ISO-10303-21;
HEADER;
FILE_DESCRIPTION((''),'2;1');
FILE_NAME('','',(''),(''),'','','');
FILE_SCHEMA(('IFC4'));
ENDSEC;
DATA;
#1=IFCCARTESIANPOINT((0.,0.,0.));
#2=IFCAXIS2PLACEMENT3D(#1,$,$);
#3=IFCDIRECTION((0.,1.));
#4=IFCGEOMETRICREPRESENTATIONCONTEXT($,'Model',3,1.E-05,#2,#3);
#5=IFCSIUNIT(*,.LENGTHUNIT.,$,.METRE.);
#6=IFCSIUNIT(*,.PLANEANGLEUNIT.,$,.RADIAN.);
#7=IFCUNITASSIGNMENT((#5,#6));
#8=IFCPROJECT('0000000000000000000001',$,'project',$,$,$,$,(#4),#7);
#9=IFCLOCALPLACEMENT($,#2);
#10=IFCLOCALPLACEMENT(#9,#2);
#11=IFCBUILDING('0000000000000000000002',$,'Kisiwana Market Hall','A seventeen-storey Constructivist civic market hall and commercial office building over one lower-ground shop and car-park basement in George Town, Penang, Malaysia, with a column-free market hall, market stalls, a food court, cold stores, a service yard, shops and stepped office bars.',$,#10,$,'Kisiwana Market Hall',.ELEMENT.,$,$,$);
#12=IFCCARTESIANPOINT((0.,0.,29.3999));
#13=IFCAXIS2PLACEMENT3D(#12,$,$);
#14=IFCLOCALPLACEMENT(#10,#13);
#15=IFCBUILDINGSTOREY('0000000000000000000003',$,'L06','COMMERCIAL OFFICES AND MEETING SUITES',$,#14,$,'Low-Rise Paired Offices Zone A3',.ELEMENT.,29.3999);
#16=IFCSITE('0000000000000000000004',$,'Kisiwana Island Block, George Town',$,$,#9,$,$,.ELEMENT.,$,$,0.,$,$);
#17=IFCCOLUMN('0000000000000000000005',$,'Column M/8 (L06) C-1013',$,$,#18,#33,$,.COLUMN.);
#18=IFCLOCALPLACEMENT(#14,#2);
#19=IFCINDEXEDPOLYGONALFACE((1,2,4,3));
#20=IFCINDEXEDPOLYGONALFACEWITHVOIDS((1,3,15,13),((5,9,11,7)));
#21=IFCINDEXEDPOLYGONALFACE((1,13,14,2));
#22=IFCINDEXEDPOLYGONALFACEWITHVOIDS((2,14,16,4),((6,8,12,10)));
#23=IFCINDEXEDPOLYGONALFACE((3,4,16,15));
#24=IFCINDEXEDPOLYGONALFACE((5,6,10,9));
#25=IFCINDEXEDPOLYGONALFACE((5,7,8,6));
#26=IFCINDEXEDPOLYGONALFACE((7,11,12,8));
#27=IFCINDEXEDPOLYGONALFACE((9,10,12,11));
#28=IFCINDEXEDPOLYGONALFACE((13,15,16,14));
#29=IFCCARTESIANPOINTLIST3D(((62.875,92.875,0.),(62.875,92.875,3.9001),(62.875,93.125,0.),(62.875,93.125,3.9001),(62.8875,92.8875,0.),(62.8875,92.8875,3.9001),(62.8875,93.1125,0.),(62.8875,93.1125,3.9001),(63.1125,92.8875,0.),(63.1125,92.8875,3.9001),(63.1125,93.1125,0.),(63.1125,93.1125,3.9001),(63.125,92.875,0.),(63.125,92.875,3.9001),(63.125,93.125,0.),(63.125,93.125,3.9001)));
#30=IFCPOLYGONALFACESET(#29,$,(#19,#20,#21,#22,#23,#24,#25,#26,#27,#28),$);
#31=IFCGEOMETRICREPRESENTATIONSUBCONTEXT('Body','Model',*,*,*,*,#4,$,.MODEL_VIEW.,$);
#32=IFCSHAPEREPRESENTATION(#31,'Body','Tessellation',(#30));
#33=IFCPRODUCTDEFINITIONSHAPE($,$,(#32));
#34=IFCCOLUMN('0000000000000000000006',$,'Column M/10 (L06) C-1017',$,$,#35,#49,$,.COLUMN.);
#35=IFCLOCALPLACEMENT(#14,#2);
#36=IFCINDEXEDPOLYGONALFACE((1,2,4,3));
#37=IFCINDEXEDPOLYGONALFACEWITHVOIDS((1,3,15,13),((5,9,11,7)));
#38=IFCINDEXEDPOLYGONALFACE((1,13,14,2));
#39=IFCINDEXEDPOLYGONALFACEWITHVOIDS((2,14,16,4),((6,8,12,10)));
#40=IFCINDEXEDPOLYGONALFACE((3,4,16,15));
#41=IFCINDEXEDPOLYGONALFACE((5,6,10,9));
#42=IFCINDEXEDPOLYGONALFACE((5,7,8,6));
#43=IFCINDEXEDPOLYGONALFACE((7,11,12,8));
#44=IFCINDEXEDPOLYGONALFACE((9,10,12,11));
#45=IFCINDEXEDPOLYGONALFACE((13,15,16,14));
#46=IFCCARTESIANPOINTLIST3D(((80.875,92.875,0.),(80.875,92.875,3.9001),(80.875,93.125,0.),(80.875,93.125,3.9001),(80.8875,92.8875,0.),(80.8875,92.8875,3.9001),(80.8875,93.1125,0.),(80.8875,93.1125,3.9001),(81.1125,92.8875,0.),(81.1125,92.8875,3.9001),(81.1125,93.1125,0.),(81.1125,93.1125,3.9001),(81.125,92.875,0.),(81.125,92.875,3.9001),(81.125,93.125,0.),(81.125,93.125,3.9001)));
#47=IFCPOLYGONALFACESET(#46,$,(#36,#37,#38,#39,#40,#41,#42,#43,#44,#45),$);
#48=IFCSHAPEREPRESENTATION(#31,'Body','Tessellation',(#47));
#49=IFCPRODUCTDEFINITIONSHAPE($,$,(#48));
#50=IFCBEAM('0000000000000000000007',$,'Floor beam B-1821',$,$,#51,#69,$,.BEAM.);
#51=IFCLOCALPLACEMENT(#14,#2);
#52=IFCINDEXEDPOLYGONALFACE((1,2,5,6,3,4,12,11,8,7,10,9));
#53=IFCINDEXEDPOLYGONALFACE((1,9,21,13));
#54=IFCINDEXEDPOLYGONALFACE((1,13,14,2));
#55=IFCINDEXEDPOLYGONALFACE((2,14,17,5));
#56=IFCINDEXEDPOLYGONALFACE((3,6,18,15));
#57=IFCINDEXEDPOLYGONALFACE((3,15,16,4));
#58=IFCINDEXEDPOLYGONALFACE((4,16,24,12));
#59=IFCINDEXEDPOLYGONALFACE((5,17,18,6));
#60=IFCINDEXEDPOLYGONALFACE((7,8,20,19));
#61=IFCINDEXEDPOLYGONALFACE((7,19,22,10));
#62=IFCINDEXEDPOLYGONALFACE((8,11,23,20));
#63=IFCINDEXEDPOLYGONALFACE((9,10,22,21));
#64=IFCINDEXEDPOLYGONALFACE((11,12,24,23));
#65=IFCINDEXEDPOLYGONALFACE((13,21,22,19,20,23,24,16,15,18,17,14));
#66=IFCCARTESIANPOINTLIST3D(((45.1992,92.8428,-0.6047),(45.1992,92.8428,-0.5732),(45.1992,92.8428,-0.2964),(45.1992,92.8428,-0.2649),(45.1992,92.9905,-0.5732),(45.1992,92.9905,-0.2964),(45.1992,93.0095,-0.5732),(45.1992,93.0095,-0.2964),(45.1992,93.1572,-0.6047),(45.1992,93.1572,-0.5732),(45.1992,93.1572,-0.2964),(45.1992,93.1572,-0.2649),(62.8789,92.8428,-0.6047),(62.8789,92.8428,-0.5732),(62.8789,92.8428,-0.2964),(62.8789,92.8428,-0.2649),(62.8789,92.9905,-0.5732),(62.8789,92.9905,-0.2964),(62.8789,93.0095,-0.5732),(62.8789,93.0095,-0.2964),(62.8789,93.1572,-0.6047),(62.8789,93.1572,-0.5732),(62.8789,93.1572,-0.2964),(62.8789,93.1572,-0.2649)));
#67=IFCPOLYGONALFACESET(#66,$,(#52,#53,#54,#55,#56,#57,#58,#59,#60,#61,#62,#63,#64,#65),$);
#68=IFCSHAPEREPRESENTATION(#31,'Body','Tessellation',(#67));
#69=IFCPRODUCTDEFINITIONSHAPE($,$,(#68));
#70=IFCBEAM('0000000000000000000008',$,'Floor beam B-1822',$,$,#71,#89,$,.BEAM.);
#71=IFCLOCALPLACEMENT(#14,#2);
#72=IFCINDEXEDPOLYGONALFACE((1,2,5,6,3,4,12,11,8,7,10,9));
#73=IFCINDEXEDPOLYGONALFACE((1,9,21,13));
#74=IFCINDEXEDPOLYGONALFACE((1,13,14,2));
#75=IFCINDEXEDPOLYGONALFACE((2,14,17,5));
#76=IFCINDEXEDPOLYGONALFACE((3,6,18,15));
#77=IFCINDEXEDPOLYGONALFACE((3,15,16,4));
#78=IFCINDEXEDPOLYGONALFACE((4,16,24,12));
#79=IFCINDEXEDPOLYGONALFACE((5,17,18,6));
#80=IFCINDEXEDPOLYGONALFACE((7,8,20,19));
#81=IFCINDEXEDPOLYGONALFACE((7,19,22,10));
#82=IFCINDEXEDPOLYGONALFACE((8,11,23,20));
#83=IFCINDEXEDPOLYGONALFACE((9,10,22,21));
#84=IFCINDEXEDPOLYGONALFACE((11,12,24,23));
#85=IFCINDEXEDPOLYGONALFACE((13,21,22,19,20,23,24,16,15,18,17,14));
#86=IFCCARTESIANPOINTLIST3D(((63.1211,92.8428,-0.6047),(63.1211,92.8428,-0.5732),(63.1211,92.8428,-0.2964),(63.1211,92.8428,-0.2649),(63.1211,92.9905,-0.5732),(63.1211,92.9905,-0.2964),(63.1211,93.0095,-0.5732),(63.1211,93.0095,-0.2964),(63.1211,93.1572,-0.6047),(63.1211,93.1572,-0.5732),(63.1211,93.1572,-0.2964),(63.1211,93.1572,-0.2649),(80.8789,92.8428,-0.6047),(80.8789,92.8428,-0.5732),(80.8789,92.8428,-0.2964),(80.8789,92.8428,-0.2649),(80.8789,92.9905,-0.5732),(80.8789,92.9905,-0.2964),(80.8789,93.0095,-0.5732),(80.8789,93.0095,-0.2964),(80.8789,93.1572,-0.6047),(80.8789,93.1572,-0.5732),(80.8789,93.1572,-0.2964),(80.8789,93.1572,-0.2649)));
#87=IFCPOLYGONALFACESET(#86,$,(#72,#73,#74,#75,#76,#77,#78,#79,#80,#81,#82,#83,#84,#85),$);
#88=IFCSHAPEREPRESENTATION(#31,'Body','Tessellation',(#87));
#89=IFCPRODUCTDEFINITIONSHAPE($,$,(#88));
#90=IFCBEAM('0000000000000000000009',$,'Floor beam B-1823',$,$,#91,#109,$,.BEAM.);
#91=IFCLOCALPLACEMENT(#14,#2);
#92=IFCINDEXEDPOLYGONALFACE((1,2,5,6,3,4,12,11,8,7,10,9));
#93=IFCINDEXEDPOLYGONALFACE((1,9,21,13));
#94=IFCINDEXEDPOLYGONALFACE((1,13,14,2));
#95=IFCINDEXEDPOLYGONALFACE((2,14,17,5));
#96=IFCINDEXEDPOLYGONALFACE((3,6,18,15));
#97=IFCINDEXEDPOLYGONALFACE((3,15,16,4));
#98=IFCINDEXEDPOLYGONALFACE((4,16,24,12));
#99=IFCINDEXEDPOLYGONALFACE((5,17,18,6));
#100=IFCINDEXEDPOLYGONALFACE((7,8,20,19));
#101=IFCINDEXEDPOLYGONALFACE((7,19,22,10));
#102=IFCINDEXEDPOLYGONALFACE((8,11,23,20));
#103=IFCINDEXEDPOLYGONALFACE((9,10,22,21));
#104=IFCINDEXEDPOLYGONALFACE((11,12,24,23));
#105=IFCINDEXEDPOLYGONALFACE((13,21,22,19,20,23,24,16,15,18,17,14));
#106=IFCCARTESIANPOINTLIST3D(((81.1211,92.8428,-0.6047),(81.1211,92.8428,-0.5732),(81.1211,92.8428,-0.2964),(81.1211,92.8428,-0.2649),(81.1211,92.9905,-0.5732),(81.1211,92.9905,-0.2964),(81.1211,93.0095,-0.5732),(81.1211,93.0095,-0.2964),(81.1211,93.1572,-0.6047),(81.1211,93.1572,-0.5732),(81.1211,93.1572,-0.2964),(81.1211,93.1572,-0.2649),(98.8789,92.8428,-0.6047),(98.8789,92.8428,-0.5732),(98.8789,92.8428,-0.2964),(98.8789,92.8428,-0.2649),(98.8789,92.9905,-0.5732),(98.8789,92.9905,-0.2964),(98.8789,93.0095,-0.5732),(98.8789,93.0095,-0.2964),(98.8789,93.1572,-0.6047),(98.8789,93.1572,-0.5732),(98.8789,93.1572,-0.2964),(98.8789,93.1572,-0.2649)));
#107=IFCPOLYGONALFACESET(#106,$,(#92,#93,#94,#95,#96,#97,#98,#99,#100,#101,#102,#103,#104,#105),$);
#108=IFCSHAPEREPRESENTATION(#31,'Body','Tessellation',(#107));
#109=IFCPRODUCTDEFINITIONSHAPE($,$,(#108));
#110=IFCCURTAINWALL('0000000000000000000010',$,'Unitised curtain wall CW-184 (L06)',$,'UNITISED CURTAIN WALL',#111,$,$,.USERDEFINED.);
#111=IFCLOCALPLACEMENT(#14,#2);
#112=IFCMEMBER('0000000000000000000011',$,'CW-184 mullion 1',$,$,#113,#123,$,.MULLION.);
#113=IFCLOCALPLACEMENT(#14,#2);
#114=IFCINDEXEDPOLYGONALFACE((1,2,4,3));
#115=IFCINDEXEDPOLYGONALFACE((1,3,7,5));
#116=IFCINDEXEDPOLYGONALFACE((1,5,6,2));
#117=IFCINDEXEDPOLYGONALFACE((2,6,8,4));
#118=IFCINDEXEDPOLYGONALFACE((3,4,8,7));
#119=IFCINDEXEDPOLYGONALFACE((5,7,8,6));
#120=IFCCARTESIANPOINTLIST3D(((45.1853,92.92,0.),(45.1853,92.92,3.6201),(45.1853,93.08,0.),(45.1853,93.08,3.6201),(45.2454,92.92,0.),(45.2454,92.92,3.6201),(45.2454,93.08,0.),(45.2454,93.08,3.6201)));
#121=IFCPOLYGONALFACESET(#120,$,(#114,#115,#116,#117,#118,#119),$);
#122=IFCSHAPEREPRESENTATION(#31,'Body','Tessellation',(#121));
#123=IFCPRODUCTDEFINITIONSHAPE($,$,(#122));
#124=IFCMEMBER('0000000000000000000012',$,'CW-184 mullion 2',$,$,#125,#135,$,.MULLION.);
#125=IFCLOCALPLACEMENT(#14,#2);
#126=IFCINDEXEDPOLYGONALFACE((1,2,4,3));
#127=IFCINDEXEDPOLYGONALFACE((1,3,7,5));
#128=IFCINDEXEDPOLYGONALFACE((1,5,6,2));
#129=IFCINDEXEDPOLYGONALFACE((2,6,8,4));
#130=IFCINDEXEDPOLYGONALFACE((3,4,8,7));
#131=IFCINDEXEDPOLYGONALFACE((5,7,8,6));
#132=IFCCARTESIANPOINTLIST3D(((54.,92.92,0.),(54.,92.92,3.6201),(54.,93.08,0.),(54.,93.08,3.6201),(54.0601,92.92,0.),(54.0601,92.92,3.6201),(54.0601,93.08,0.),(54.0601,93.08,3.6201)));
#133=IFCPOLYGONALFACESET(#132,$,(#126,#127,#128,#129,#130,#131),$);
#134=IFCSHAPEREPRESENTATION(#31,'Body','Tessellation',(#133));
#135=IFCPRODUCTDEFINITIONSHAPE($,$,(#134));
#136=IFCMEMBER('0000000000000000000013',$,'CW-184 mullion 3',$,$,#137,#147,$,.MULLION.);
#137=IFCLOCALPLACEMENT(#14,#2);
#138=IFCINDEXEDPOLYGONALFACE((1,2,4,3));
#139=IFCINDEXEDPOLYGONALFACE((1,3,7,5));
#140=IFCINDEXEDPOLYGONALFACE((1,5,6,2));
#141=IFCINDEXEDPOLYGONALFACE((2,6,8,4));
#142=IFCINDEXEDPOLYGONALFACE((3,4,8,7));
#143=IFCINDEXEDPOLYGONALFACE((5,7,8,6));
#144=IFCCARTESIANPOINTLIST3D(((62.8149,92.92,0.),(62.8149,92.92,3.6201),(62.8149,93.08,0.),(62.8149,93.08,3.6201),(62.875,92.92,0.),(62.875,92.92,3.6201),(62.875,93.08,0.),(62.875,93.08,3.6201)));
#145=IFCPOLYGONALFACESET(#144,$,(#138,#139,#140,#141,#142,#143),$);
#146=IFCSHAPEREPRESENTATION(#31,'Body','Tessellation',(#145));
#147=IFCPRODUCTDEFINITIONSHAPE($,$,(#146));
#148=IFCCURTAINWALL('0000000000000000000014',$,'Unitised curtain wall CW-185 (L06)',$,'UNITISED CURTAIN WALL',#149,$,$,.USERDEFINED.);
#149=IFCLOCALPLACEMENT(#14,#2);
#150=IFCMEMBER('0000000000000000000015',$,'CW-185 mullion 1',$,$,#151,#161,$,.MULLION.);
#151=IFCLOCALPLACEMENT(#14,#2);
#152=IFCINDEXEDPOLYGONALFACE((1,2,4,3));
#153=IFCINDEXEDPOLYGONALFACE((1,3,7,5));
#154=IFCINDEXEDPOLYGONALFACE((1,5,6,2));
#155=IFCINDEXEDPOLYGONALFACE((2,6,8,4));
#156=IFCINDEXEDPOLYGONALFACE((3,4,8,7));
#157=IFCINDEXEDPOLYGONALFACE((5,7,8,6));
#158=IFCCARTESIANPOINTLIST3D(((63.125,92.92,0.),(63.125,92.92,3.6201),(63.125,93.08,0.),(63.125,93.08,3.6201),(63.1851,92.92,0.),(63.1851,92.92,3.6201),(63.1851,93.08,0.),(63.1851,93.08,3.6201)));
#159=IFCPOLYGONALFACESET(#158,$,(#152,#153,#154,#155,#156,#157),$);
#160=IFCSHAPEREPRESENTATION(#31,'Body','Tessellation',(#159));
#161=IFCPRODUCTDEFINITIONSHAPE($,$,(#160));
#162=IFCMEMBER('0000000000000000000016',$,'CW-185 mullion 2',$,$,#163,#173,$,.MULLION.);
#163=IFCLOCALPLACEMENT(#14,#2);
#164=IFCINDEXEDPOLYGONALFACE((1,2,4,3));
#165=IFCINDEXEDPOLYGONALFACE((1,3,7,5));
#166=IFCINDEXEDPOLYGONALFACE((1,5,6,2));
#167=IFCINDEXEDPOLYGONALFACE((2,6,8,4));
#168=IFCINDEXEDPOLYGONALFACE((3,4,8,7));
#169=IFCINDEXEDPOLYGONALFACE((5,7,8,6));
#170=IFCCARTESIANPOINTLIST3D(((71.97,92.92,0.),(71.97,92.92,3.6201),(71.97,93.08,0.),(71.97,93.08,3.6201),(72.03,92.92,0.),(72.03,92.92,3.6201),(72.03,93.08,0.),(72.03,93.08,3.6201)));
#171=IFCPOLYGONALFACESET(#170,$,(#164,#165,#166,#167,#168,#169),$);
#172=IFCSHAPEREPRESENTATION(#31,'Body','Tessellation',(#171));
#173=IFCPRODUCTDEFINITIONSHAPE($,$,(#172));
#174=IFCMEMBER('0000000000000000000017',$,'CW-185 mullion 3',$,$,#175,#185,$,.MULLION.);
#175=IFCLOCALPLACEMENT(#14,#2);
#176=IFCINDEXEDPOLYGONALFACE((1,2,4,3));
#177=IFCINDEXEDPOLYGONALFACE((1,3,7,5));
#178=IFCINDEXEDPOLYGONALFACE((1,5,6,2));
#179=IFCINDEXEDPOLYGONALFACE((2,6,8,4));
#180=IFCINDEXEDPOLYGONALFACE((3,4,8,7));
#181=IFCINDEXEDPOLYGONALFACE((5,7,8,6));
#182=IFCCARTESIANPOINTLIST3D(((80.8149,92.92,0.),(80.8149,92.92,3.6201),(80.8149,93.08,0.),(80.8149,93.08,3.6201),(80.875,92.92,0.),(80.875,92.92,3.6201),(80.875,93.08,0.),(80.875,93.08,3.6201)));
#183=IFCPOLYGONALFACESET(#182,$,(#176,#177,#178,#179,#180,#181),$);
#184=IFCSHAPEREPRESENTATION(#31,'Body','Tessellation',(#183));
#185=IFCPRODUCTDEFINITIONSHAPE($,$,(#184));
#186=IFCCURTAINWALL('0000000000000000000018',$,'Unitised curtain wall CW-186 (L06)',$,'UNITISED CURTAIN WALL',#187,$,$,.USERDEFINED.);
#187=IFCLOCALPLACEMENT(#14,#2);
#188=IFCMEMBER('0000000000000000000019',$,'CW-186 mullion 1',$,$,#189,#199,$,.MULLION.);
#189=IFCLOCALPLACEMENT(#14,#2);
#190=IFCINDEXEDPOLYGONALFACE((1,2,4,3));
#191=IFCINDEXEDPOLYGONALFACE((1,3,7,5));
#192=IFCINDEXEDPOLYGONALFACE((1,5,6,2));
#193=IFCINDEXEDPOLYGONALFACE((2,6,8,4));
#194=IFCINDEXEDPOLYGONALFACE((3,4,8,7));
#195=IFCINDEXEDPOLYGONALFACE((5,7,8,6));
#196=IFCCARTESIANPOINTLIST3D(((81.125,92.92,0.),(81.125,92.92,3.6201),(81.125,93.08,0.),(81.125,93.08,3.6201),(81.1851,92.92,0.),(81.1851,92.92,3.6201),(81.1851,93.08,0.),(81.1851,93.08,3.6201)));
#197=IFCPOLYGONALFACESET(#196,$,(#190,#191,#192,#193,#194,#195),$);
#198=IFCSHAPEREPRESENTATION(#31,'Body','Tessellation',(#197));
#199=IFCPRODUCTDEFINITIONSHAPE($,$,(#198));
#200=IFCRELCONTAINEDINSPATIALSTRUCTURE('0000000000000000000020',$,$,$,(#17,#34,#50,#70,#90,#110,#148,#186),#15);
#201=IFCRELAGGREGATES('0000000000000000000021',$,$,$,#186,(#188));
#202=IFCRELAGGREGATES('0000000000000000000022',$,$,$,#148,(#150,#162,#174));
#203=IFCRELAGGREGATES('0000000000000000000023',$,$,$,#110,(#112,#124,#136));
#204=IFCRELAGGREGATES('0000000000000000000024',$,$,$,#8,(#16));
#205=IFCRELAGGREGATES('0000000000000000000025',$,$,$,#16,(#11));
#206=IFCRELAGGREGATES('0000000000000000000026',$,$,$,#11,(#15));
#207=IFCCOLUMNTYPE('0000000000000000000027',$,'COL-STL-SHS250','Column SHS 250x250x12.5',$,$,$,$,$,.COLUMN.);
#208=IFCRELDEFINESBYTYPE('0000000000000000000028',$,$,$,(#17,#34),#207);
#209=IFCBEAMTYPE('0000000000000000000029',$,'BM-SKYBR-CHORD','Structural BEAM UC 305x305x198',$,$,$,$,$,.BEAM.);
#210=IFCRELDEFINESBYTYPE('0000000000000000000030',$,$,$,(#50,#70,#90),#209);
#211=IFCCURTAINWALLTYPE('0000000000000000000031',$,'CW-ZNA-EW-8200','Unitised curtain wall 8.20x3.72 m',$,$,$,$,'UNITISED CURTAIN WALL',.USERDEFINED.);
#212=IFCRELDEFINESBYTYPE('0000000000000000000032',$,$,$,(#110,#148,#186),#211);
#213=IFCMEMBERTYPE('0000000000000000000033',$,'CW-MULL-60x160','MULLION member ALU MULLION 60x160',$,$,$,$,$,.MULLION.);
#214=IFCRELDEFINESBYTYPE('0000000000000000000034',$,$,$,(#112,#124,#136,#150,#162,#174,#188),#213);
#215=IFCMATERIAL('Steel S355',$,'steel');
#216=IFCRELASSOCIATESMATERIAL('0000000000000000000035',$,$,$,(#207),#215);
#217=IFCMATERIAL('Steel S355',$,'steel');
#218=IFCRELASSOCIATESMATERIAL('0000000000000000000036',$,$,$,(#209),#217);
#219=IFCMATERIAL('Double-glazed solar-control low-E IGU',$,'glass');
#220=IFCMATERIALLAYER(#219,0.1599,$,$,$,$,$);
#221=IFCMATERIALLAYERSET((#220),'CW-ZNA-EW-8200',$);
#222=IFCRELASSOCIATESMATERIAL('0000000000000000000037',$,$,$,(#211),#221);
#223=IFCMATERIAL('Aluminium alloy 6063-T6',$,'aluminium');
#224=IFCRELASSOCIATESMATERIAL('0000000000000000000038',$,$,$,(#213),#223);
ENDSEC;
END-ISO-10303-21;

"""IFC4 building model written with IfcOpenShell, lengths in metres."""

from ifc_helpers import new_model, si_unit, direction, frame, origin, origin_2d, place, context, subcontext, project, spatial, rectangle, hollow_rectangle, i_section, extrude, material, layer, layer_set, material_profile, profile_set, type_object, element, aggregate, save


model = new_model("IFC4")

# Units and contexts
model_context = context("Model", 3, precision=1e-05, world=origin(), true_north=direction((0.0, 1.0)))
body_context = subcontext(model_context, "Body", "Model", "MODEL_VIEW")
ifc_project = project(units=[si_unit("LENGTHUNIT", "METRE"), si_unit("PLANEANGLEUNIT", "RADIAN")], contexts=[model_context])

# Site, building, storey
site_placement = place(None, origin())
site = spatial("IfcSite", under=ifc_project, at=site_placement, Name="Kisiwana Island Block, George Town", CompositionType="ELEMENT", RefElevation=0.0)
building_placement = place(site_placement, origin())
building = spatial("IfcBuilding", under=site, at=building_placement, Name="Kisiwana Market Hall", Description="A seventeen-storey Constructivist civic market hall and commercial office building over one lower-ground shop and car-park basement in George Town, Penang, Malaysia, with a column-free market hall, market stalls, a food court, cold stores, a service yard, shops and stepped office bars.", LongName="Kisiwana Market Hall", CompositionType="ELEMENT")
storey_placement = place(building_placement, frame((0.0, 0.0, 29.3999)))
storey = spatial("IfcBuildingStorey", under=building, at=storey_placement, Name="L06", Description="COMMERCIAL OFFICES AND MEETING SUITES", LongName="Low-Rise Paired Offices Zone A3", CompositionType="ELEMENT", Elevation=29.3999)

# Columns
ifc_material_1 = material(Name="Steel S355", Category="steel")
ifc_material_profile_1 = material_profile(ifc_material_1, hollow_rectangle(XDim=0.25, YDim=0.25, WallThickness=0.0125, at=origin_2d()), Name="SHS 250x250x12.5")
ifc_profile_set_1 = profile_set([ifc_material_profile_1], Name="Steel S355")
column_type = type_object("IfcColumnType", Name="COL-STL-SHS250", Description="Column SHS 250x250x12.5", PredefinedType="COLUMN", material=ifc_profile_set_1)
for number, where, z_axis, x_axis, name in (
    (1, (63.0, 93.0, 0.0), (0.0, 0.0, 1.0), (1.0, 0.0, 0.0), "Column M/8 (L06) C-1013"),
    (2, (81.0, 93.0, 0.0), (0.0, 0.0, 1.0), (1.0, 0.0, 0.0), "Column M/10 (L06) C-1017"),
):
    element("IfcColumn", number, at=place(storey_placement, frame(where, z_axis=z_axis, x_axis=x_axis)), inside=storey, type_object=column_type, Name=name, PredefinedType="COLUMN", context=body_context, shape_type="SweptSolid", body=[
        extrude(hollow_rectangle(XDim=0.25, YDim=0.25, WallThickness=0.0125, at=origin_2d()), origin(), (0.0, 0.0, 1.0), 3.9001),
    ])

# Beams
ifc_material_2 = material(Name="Steel S355", Category="steel")
ifc_material_profile_2 = material_profile(ifc_material_2, i_section(OverallWidth=0.3145, OverallDepth=0.3398, WebThickness=0.019, FlangeThickness=0.0315, at=origin_2d()), Name="UC 305x305x198")
ifc_profile_set_2 = profile_set([ifc_material_profile_2], Name="Steel S355")
beam_type = type_object("IfcBeamType", Name="BM-SKYBR-CHORD", Description="Structural BEAM UC 305x305x198", PredefinedType="BEAM", material=ifc_profile_set_2)
beam_placement = place(storey_placement, frame((45.1992, 93.0, -0.4348), z_axis=(1.0, 0.0, 0.0), x_axis=(0.0, 1.0, 0.0)))
element("IfcBeam", 3, at=beam_placement, inside=storey, type_object=beam_type, Name="Floor beam B-1821", PredefinedType="BEAM", context=body_context, shape_type="SweptSolid", body=[
    extrude(i_section(OverallWidth=0.3145, OverallDepth=0.3398, WebThickness=0.019, FlangeThickness=0.0315, at=origin_2d()), origin(), (0.0, 0.0, 1.0), 17.6797),
])
for number, where, z_axis, x_axis, name in (
    (4, (63.1211, 93.0, -0.4348), (1.0, 0.0, 0.0), (0.0, 1.0, 0.0), "Floor beam B-1822"),
    (5, (81.1211, 93.0, -0.4348), (1.0, 0.0, 0.0), (0.0, 1.0, 0.0), "Floor beam B-1823"),
):
    element("IfcBeam", number, at=place(storey_placement, frame(where, z_axis=z_axis, x_axis=x_axis)), inside=storey, type_object=beam_type, Name=name, PredefinedType="BEAM", context=body_context, shape_type="SweptSolid", body=[
        extrude(i_section(OverallWidth=0.3145, OverallDepth=0.3398, WebThickness=0.019, FlangeThickness=0.0315, at=origin_2d()), origin(), (0.0, 0.0, 1.0), 17.7578),
    ])

# Curtain walls, members
ifc_material_3 = material(Name="Double-glazed solar-control low-E IGU", Category="glass")
ifc_layer_1 = layer(ifc_material_3, 0.1599)
ifc_layer_set_1 = layer_set([ifc_layer_1], Name="CW-ZNA-EW-8200")
curtain_wall_type = type_object("IfcCurtainWallType", Name="CW-ZNA-EW-8200", Description="Unitised curtain wall 8.20x3.72 m", ElementType="UNITISED CURTAIN WALL", PredefinedType="USERDEFINED", material=ifc_layer_set_1)
curtain_wall_1_placement = place(storey_placement, origin())
curtain_wall_1 = element("IfcCurtainWall", 6, at=curtain_wall_1_placement, inside=storey, type_object=curtain_wall_type, Name="Unitised curtain wall CW-184 (L06)", ObjectType="UNITISED CURTAIN WALL", PredefinedType="USERDEFINED")
ifc_material_4 = material(Name="Aluminium alloy 6063-T6", Category="aluminium")
ifc_material_profile_3 = material_profile(ifc_material_4, rectangle(XDim=0.0601, YDim=0.1599, at=origin_2d()), Name="ALU MULLION 60x160")
ifc_profile_set_3 = profile_set([ifc_material_profile_3], Name="Aluminium alloy 6063-T6")
member_type_1 = type_object("IfcMemberType", Name="CW-MULL-60x160", Description="MULLION member ALU MULLION 60x160", PredefinedType="MULLION", material=ifc_profile_set_3)
member_1_placement = place(storey_placement, frame((45.2153, 93.0, 0.0), z_axis=(0.0, 0.0, 1.0), x_axis=(1.0, 0.0, 0.0)))
member_1 = element("IfcMember", 7, at=member_1_placement, type_object=member_type_1, Name="CW-184 mullion 1", PredefinedType="MULLION", context=body_context, shape_type="SweptSolid", body=[
    extrude(rectangle(XDim=0.0601, YDim=0.1599, at=origin_2d()), origin(), (0.0, 0.0, 1.0), 3.6201),
])
member_2_placement = place(storey_placement, frame((54.03, 93.0, 0.0), z_axis=(0.0, 0.0, 1.0), x_axis=(1.0, 0.0, 0.0)))
member_2 = element("IfcMember", 8, at=member_2_placement, type_object=member_type_1, Name="CW-184 mullion 2", PredefinedType="MULLION", context=body_context, shape_type="SweptSolid", body=[
    extrude(rectangle(XDim=0.0601, YDim=0.1599, at=origin_2d()), origin(), (0.0, 0.0, 1.0), 3.6201),
])
member_3_placement = place(storey_placement, frame((62.845, 93.0, 0.0), z_axis=(0.0, 0.0, 1.0), x_axis=(1.0, 0.0, 0.0)))
member_3 = element("IfcMember", 9, at=member_3_placement, type_object=member_type_1, Name="CW-184 mullion 3", PredefinedType="MULLION", context=body_context, shape_type="SweptSolid", body=[
    extrude(rectangle(XDim=0.0601, YDim=0.1599, at=origin_2d()), origin(), (0.0, 0.0, 1.0), 3.6201),
])
curtain_wall_2_placement = place(storey_placement, origin())
curtain_wall_2 = element("IfcCurtainWall", 10, at=curtain_wall_2_placement, inside=storey, type_object=curtain_wall_type, Name="Unitised curtain wall CW-185 (L06)", ObjectType="UNITISED CURTAIN WALL", PredefinedType="USERDEFINED")
member_4_placement = place(storey_placement, frame((63.155, 93.0, 0.0), z_axis=(0.0, 0.0, 1.0), x_axis=(1.0, 0.0, 0.0)))
member_4 = element("IfcMember", 11, at=member_4_placement, type_object=member_type_1, Name="CW-185 mullion 1", PredefinedType="MULLION", context=body_context, shape_type="SweptSolid", body=[
    extrude(rectangle(XDim=0.0601, YDim=0.1599, at=origin_2d()), origin(), (0.0, 0.0, 1.0), 3.6201),
])
member_5_placement = place(storey_placement, frame((72.0, 93.0, 0.0), z_axis=(0.0, 0.0, 1.0), x_axis=(1.0, 0.0, 0.0)))
member_5 = element("IfcMember", 12, at=member_5_placement, type_object=member_type_1, Name="CW-185 mullion 2", PredefinedType="MULLION", context=body_context, shape_type="SweptSolid", body=[
    extrude(rectangle(XDim=0.0601, YDim=0.1599, at=origin_2d()), origin(), (0.0, 0.0, 1.0), 3.6201),
])
member_6_placement = place(storey_placement, frame((80.845, 93.0, 0.0), z_axis=(0.0, 0.0, 1.0), x_axis=(1.0, 0.0, 0.0)))
member_6 = element("IfcMember", 13, at=member_6_placement, type_object=member_type_1, Name="CW-185 mullion 3", PredefinedType="MULLION", context=body_context, shape_type="SweptSolid", body=[
    extrude(rectangle(XDim=0.0601, YDim=0.1599, at=origin_2d()), origin(), (0.0, 0.0, 1.0), 3.6201),
])

# Curtain wall, member
curtain_wall_3_placement = place(storey_placement, origin())
curtain_wall_3 = element("IfcCurtainWall", 14, at=curtain_wall_3_placement, inside=storey, type_object=curtain_wall_type, Name="Unitised curtain wall CW-186 (L06)", ObjectType="UNITISED CURTAIN WALL", PredefinedType="USERDEFINED")
member_7_placement = place(storey_placement, frame((81.155, 93.0, 0.0), z_axis=(0.0, 0.0, 1.0), x_axis=(1.0, 0.0, 0.0)))
member_7 = element("IfcMember", 15, at=member_7_placement, type_object=member_type_1, Name="CW-186 mullion 1", PredefinedType="MULLION", context=body_context, shape_type="SweptSolid", body=[
    extrude(rectangle(XDim=0.0601, YDim=0.1599, at=origin_2d()), origin(), (0.0, 0.0, 1.0), 3.6201),
])

aggregate(curtain_wall_3, [member_7])

aggregate(curtain_wall_2, [member_4, member_5, member_6])
aggregate(curtain_wall_1, [member_1, member_2, member_3])

save(model, "model.ifc")
